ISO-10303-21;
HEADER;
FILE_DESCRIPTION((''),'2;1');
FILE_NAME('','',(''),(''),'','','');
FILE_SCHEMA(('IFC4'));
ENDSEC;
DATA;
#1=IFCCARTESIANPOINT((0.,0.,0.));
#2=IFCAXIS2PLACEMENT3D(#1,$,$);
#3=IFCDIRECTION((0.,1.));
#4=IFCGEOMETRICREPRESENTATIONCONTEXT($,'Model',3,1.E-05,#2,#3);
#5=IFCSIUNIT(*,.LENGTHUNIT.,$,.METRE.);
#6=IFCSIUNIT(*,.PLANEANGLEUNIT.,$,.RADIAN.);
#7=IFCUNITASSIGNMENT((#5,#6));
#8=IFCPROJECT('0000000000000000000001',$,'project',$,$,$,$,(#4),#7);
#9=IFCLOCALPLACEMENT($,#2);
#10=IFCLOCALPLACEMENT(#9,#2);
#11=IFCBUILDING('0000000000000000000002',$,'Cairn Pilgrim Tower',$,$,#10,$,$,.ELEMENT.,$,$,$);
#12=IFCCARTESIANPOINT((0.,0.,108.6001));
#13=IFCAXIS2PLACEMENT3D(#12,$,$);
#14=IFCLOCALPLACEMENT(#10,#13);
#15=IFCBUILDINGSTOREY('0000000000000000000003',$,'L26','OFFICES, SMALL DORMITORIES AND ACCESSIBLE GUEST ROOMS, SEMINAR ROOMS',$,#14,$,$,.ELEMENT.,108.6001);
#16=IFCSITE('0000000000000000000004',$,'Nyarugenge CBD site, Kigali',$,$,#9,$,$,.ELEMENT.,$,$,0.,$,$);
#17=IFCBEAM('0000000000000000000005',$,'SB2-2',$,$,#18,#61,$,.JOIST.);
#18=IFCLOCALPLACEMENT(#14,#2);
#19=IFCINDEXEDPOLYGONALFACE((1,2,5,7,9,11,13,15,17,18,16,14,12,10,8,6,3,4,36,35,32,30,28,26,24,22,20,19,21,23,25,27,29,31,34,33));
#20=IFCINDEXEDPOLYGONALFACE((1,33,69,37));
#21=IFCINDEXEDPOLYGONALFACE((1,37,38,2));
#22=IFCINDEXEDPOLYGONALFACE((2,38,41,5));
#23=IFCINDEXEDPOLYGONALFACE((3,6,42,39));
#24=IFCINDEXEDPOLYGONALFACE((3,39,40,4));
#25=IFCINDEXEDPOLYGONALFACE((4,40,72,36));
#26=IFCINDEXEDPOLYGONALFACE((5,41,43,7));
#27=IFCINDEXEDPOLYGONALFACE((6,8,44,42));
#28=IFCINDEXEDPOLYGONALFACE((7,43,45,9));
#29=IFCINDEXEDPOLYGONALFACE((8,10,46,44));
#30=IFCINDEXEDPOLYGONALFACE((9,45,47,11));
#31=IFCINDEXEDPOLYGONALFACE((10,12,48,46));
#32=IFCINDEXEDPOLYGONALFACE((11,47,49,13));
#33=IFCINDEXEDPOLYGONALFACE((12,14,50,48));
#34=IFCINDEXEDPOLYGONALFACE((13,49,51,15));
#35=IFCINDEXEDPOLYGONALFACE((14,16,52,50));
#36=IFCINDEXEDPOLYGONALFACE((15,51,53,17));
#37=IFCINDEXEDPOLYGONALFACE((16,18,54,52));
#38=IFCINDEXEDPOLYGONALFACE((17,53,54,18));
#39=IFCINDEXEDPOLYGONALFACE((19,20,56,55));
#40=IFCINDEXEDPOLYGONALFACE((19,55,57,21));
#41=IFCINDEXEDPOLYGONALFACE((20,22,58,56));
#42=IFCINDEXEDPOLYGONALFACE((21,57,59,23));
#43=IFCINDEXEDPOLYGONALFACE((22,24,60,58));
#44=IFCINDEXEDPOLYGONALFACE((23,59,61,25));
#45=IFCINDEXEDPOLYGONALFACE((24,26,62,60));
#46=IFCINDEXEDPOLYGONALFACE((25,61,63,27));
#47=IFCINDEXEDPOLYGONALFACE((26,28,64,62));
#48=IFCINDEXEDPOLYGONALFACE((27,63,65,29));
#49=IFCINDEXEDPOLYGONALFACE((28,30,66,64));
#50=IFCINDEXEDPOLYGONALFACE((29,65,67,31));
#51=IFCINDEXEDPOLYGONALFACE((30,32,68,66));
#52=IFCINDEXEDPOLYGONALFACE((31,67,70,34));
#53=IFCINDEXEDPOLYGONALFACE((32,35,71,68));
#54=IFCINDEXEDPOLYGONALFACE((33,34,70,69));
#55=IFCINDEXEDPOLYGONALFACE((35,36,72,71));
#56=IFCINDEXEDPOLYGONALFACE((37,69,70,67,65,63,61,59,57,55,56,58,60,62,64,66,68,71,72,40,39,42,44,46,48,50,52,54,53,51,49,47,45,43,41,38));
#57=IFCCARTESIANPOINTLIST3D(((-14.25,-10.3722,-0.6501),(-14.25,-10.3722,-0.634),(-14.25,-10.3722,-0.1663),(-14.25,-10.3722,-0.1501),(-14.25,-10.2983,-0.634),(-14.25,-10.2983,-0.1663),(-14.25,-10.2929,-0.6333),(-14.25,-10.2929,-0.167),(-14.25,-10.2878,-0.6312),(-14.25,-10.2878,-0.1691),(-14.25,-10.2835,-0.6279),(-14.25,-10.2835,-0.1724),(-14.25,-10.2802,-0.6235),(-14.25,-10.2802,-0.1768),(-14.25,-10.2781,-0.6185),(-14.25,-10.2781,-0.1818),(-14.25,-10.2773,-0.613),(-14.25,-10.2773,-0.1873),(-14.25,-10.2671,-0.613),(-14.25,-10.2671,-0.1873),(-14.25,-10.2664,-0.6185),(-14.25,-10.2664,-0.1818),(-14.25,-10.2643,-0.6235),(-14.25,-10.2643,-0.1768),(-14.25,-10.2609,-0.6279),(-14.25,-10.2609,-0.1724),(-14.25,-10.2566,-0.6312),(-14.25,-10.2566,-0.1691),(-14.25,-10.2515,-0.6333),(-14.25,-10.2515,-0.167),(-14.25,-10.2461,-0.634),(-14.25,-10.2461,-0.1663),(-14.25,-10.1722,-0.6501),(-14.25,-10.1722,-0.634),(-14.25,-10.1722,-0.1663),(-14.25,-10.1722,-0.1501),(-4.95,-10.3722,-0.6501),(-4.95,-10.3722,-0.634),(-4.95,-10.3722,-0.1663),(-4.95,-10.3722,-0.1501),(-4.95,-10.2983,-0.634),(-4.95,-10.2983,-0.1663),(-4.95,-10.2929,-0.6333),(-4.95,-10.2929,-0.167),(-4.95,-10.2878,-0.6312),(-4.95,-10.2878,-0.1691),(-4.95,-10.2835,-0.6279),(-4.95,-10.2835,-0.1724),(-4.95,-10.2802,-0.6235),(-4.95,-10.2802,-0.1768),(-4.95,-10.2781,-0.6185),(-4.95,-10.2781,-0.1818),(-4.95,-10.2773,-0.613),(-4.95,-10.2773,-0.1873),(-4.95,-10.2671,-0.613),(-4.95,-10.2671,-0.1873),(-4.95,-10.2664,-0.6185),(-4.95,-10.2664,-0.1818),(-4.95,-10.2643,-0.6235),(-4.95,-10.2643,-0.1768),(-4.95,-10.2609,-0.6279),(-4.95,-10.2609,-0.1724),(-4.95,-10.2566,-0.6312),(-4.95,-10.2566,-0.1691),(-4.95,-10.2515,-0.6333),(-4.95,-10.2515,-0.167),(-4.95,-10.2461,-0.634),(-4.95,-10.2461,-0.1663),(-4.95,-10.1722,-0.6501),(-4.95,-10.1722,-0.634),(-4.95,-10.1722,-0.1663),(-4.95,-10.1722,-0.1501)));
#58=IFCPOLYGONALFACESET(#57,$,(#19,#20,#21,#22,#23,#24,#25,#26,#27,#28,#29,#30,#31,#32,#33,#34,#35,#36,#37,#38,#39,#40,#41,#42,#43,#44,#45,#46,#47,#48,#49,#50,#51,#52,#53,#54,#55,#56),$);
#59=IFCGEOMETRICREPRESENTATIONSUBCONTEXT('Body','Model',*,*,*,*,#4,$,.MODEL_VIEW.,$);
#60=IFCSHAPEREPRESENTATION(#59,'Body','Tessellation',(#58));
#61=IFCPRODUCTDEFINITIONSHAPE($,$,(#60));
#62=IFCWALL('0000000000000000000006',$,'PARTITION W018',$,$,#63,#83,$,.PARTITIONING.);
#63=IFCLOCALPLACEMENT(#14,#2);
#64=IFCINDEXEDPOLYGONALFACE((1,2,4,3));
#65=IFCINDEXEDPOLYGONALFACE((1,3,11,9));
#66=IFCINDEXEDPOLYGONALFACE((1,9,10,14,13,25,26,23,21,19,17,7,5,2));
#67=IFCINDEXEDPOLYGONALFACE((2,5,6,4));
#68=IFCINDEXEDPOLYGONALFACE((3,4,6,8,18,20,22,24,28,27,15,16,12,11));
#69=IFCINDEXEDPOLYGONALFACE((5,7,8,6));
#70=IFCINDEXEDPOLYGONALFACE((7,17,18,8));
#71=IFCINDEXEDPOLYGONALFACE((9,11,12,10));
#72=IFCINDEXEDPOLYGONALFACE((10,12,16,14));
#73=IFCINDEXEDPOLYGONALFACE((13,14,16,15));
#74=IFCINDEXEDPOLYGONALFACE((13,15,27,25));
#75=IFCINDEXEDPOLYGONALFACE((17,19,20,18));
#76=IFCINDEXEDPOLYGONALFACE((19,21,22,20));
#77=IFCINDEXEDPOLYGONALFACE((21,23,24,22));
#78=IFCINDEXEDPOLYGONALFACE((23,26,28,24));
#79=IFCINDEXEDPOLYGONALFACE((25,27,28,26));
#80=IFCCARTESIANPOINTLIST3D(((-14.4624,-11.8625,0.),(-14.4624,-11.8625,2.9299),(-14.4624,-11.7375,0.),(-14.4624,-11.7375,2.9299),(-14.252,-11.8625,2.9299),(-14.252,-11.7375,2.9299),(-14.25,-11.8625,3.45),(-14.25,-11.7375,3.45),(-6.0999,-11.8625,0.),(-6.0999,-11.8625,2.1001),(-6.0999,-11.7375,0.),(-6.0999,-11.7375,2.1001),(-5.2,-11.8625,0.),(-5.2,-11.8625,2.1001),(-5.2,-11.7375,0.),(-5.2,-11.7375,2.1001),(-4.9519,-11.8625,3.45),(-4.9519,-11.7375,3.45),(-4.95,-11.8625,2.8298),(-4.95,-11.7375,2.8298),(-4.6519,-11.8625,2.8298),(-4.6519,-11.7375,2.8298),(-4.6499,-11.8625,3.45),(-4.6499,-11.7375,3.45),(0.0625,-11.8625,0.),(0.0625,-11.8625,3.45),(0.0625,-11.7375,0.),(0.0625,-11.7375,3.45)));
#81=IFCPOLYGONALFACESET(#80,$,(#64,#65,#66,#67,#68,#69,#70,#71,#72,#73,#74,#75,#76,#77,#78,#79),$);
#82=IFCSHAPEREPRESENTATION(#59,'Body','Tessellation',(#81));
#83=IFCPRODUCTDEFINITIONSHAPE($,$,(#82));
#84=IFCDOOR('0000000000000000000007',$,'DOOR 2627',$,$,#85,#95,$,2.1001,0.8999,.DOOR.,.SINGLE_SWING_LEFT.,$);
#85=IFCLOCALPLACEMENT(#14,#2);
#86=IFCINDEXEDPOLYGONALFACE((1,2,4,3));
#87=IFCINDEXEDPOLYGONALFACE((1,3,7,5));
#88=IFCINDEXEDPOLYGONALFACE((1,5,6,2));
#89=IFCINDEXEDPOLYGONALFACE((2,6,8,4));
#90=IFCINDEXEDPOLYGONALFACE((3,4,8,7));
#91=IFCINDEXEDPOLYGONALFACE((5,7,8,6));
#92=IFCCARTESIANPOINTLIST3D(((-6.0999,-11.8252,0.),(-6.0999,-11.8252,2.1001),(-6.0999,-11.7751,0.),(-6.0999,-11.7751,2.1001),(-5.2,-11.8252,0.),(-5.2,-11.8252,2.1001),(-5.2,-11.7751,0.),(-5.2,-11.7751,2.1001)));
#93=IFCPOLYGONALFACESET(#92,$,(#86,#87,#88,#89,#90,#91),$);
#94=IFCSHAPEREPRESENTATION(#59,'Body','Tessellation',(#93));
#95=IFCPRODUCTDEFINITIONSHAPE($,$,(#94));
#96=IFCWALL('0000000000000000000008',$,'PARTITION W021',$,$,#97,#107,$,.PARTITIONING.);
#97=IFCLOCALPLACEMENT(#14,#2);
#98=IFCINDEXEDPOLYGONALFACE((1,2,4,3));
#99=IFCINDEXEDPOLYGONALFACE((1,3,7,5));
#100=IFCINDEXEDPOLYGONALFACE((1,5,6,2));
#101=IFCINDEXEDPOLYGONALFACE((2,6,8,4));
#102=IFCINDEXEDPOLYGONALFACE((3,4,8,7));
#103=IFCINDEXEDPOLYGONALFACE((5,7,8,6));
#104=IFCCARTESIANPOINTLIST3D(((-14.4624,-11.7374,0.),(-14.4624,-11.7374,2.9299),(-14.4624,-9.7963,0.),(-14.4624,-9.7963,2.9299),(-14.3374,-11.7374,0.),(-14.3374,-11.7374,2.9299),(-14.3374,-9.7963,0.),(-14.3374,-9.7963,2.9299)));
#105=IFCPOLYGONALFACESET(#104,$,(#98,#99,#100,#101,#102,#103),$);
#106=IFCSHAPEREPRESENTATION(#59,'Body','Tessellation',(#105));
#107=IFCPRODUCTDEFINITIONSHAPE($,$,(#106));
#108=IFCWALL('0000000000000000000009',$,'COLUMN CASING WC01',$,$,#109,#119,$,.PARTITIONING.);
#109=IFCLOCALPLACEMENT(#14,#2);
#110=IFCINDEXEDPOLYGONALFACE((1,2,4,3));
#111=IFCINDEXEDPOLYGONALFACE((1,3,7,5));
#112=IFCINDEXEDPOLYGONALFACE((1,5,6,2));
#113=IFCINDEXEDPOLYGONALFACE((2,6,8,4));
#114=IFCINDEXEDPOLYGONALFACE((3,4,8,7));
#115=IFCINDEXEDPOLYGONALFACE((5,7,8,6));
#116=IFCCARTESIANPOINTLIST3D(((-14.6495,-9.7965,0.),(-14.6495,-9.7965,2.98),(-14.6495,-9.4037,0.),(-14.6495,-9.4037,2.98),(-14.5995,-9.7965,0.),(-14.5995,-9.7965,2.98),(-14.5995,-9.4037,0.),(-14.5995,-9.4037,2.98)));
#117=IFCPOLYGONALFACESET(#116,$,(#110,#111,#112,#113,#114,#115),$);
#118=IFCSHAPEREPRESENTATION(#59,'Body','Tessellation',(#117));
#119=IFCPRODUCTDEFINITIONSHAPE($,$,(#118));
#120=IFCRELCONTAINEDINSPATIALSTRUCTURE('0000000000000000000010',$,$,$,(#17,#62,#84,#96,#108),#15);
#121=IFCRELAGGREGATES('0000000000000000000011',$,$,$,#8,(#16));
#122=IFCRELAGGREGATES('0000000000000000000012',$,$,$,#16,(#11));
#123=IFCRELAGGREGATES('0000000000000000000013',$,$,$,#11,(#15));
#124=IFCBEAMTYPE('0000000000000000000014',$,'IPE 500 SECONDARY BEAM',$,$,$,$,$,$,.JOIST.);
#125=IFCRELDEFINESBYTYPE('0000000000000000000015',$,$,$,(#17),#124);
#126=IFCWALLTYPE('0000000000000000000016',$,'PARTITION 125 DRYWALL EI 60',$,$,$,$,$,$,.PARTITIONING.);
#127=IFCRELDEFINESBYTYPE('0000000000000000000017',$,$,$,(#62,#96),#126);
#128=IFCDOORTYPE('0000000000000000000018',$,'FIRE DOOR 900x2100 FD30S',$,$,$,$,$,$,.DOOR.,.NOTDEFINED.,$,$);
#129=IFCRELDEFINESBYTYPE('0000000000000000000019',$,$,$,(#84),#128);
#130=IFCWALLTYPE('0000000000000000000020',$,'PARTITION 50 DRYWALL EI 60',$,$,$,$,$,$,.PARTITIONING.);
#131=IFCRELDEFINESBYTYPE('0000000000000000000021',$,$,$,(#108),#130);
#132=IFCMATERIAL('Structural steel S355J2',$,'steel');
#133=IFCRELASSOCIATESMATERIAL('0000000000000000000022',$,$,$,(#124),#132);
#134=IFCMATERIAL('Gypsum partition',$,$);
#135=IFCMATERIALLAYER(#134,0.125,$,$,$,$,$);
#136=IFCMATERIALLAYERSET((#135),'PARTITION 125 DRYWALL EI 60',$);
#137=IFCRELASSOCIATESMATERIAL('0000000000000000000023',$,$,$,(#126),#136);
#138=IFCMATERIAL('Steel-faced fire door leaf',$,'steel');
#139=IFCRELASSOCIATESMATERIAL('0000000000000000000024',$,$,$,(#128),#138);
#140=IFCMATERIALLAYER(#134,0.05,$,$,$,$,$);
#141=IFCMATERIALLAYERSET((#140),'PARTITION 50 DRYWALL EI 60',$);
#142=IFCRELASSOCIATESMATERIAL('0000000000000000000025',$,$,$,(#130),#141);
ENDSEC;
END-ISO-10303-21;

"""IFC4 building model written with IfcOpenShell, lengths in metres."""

from ifc_helpers import new_model, si_unit, direction, frame, frame_2d, origin, origin_2d, place, context, subcontext, project, spatial, polyline, rectangle, i_section, outline, extrude, material, layer, layer_set, material_profile, profile_set, type_object, element, fill, save


model = new_model("IFC4")

# Units and contexts
model_context = context("Model", 3, precision=1e-05, world=origin(), true_north=direction((0.0, 1.0)))
body_context = subcontext(model_context, "Body", "Model", "MODEL_VIEW")
ifc_project = project(units=[si_unit("LENGTHUNIT", "METRE"), si_unit("PLANEANGLEUNIT", "RADIAN")], contexts=[model_context])

# Site, building, storey
site_placement = place(None, origin())
site = spatial("IfcSite", under=ifc_project, at=site_placement, Name="Nyarugenge CBD site, Kigali", CompositionType="ELEMENT", RefElevation=0.0)
building_placement = place(site_placement, origin())
building = spatial("IfcBuilding", under=site, at=building_placement, Name="Cairn Pilgrim Tower", CompositionType="ELEMENT")
storey_placement = place(building_placement, frame((0.0, 0.0, 108.6001)))
storey = spatial("IfcBuildingStorey", under=building, at=storey_placement, Name="L26", Description="OFFICES, SMALL DORMITORIES AND ACCESSIBLE GUEST ROOMS, SEMINAR ROOMS", CompositionType="ELEMENT", Elevation=108.6001)

# Beam
ifc_material_1 = material(Name="Structural steel S355J2", Category="steel")
ifc_material_profile = material_profile(ifc_material_1, i_section(OverallWidth=0.2, OverallDepth=0.5, WebThickness=0.0103, FlangeThickness=0.0161, FilletRadius=0.021, at=origin_2d()), Name="IPE 500")
ifc_profile_set = profile_set([ifc_material_profile], Name="Structural steel S355J2")
beam_type = type_object("IfcBeamType", Name="IPE 500 SECONDARY BEAM", PredefinedType="JOIST", material=ifc_profile_set)
beam_placement = place(storey_placement, frame((-14.25, -10.2722, -0.4001), z_axis=(1.0, 0.0, 0.0), x_axis=(0.0, 1.0, 0.0)))
element("IfcBeam", 1, at=beam_placement, inside=storey, type_object=beam_type, Name="SB2-2", PredefinedType="JOIST", context=body_context, shape_type="SweptSolid", body=[
    extrude(i_section(OverallWidth=0.2, OverallDepth=0.5, WebThickness=0.0103, FlangeThickness=0.0161, FilletRadius=0.021, at=origin_2d()), origin(), (0.0, 0.0, 1.0), 9.3),
])

# Wall, opening, door
ifc_material_2 = material(Name="Gypsum partition")
ifc_layer_1 = layer(ifc_material_2, 0.125)
ifc_layer_set_1 = layer_set([ifc_layer_1], Name="PARTITION 125 DRYWALL EI 60")
wall_type_1 = type_object("IfcWallType", Name="PARTITION 125 DRYWALL EI 60", PredefinedType="PARTITIONING", material=ifc_layer_set_1)
wall_1_placement = place(storey_placement, frame((-14.4624, -11.8, 0.0), z_axis=(0.0, 0.0, 1.0), x_axis=(1.0, 0.0, 0.0)))
wall_1 = element("IfcWall", 2, at=wall_1_placement, inside=storey, type_object=wall_type_1, Name="PARTITION W018", PredefinedType="PARTITIONING", context=body_context, shape_type="SweptSolid", body=[
    extrude(outline(polyline([(0.0, 0.0), (14.5249, 0.0), (14.5249, 3.45), (9.8125, 3.45), (9.8105, 2.8298), (9.5125, 2.8298), (9.5105, 3.45), (0.2124, 3.45), (0.2104, 2.9299), (0.0, 2.9299), (0.0, 0.0)])), frame((0.0, 0.0625, 0.0), z_axis=(0.0, -1.0, 0.0), x_axis=(1.0, 0.0, 0.0)), (0.0, 0.0, 1.0), 0.125),
])
opening_placement = place(wall_1_placement, frame((8.3625, 0.0, 0.0)))
opening = element("IfcOpeningElement", 3, at=opening_placement, cuts=wall_1, PredefinedType="OPENING", context=body_context, shape_type="SweptSolid", body=[
    extrude(rectangle(XDim=0.8999, YDim=2.1001, at=frame_2d((0.45, 1.05))), frame((0.0, 0.0725, 0.0), z_axis=(0.0, -1.0, 0.0), x_axis=(1.0, 0.0, 0.0)), (0.0, 0.0, 1.0), 0.145),
])
ifc_material_3 = material(Name="Steel-faced fire door leaf", Category="steel")
door_type = type_object("IfcDoorType", Name="FIRE DOOR 900x2100 FD30S", OperationType="NOTDEFINED", PredefinedType="DOOR", material=ifc_material_3)
door_placement = place(opening_placement, origin())
door = element("IfcDoor", 4, at=door_placement, inside=storey, type_object=door_type, Name="DOOR 2627", OperationType="SINGLE_SWING_LEFT", OverallHeight=2.1001, OverallWidth=0.8999, PredefinedType="DOOR", context=body_context, shape_type="SweptSolid", body=[
    extrude(rectangle(XDim=0.8999, YDim=2.1001, at=frame_2d((0.45, 1.05))), frame((0.0, 0.0249, 0.0), z_axis=(0.0, -1.0, 0.0), x_axis=(1.0, 0.0, 0.0)), (0.0, 0.0, 1.0), 0.05),
])
fill(opening, door)

# Walls
wall_2_placement = place(storey_placement, frame((-14.3999, -11.7375, 0.0), z_axis=(0.0, 0.0, 1.0), x_axis=(0.0, 1.0, 0.0)))
element("IfcWall", 5, at=wall_2_placement, inside=storey, type_object=wall_type_1, Name="PARTITION W021", PredefinedType="PARTITIONING", context=body_context, shape_type="SweptSolid", body=[
    extrude(rectangle(XDim=1.9412, YDim=0.125, at=frame_2d((0.9707, 0.0))), origin(), (0.0, 0.0, 1.0), 2.9299),
])
ifc_layer_2 = layer(ifc_material_2, 0.05)
ifc_layer_set_2 = layer_set([ifc_layer_2], Name="PARTITION 50 DRYWALL EI 60")
wall_type_2 = type_object("IfcWallType", Name="PARTITION 50 DRYWALL EI 60", PredefinedType="PARTITIONING", material=ifc_layer_set_2)
wall_3_placement = place(storey_placement, frame((-14.6245, -9.7964, 0.0), z_axis=(0.0, 0.0, 1.0), x_axis=(0.0, 1.0, 0.0)))
element("IfcWall", 6, at=wall_3_placement, inside=storey, type_object=wall_type_2, Name="COLUMN CASING WC01", PredefinedType="PARTITIONING", context=body_context, shape_type="SweptSolid", body=[
    extrude(rectangle(XDim=0.3928, YDim=0.05, at=frame_2d((0.1963, 0.0))), origin(), (0.0, 0.0, 1.0), 2.98),
])

save(model, "model.ifc")
